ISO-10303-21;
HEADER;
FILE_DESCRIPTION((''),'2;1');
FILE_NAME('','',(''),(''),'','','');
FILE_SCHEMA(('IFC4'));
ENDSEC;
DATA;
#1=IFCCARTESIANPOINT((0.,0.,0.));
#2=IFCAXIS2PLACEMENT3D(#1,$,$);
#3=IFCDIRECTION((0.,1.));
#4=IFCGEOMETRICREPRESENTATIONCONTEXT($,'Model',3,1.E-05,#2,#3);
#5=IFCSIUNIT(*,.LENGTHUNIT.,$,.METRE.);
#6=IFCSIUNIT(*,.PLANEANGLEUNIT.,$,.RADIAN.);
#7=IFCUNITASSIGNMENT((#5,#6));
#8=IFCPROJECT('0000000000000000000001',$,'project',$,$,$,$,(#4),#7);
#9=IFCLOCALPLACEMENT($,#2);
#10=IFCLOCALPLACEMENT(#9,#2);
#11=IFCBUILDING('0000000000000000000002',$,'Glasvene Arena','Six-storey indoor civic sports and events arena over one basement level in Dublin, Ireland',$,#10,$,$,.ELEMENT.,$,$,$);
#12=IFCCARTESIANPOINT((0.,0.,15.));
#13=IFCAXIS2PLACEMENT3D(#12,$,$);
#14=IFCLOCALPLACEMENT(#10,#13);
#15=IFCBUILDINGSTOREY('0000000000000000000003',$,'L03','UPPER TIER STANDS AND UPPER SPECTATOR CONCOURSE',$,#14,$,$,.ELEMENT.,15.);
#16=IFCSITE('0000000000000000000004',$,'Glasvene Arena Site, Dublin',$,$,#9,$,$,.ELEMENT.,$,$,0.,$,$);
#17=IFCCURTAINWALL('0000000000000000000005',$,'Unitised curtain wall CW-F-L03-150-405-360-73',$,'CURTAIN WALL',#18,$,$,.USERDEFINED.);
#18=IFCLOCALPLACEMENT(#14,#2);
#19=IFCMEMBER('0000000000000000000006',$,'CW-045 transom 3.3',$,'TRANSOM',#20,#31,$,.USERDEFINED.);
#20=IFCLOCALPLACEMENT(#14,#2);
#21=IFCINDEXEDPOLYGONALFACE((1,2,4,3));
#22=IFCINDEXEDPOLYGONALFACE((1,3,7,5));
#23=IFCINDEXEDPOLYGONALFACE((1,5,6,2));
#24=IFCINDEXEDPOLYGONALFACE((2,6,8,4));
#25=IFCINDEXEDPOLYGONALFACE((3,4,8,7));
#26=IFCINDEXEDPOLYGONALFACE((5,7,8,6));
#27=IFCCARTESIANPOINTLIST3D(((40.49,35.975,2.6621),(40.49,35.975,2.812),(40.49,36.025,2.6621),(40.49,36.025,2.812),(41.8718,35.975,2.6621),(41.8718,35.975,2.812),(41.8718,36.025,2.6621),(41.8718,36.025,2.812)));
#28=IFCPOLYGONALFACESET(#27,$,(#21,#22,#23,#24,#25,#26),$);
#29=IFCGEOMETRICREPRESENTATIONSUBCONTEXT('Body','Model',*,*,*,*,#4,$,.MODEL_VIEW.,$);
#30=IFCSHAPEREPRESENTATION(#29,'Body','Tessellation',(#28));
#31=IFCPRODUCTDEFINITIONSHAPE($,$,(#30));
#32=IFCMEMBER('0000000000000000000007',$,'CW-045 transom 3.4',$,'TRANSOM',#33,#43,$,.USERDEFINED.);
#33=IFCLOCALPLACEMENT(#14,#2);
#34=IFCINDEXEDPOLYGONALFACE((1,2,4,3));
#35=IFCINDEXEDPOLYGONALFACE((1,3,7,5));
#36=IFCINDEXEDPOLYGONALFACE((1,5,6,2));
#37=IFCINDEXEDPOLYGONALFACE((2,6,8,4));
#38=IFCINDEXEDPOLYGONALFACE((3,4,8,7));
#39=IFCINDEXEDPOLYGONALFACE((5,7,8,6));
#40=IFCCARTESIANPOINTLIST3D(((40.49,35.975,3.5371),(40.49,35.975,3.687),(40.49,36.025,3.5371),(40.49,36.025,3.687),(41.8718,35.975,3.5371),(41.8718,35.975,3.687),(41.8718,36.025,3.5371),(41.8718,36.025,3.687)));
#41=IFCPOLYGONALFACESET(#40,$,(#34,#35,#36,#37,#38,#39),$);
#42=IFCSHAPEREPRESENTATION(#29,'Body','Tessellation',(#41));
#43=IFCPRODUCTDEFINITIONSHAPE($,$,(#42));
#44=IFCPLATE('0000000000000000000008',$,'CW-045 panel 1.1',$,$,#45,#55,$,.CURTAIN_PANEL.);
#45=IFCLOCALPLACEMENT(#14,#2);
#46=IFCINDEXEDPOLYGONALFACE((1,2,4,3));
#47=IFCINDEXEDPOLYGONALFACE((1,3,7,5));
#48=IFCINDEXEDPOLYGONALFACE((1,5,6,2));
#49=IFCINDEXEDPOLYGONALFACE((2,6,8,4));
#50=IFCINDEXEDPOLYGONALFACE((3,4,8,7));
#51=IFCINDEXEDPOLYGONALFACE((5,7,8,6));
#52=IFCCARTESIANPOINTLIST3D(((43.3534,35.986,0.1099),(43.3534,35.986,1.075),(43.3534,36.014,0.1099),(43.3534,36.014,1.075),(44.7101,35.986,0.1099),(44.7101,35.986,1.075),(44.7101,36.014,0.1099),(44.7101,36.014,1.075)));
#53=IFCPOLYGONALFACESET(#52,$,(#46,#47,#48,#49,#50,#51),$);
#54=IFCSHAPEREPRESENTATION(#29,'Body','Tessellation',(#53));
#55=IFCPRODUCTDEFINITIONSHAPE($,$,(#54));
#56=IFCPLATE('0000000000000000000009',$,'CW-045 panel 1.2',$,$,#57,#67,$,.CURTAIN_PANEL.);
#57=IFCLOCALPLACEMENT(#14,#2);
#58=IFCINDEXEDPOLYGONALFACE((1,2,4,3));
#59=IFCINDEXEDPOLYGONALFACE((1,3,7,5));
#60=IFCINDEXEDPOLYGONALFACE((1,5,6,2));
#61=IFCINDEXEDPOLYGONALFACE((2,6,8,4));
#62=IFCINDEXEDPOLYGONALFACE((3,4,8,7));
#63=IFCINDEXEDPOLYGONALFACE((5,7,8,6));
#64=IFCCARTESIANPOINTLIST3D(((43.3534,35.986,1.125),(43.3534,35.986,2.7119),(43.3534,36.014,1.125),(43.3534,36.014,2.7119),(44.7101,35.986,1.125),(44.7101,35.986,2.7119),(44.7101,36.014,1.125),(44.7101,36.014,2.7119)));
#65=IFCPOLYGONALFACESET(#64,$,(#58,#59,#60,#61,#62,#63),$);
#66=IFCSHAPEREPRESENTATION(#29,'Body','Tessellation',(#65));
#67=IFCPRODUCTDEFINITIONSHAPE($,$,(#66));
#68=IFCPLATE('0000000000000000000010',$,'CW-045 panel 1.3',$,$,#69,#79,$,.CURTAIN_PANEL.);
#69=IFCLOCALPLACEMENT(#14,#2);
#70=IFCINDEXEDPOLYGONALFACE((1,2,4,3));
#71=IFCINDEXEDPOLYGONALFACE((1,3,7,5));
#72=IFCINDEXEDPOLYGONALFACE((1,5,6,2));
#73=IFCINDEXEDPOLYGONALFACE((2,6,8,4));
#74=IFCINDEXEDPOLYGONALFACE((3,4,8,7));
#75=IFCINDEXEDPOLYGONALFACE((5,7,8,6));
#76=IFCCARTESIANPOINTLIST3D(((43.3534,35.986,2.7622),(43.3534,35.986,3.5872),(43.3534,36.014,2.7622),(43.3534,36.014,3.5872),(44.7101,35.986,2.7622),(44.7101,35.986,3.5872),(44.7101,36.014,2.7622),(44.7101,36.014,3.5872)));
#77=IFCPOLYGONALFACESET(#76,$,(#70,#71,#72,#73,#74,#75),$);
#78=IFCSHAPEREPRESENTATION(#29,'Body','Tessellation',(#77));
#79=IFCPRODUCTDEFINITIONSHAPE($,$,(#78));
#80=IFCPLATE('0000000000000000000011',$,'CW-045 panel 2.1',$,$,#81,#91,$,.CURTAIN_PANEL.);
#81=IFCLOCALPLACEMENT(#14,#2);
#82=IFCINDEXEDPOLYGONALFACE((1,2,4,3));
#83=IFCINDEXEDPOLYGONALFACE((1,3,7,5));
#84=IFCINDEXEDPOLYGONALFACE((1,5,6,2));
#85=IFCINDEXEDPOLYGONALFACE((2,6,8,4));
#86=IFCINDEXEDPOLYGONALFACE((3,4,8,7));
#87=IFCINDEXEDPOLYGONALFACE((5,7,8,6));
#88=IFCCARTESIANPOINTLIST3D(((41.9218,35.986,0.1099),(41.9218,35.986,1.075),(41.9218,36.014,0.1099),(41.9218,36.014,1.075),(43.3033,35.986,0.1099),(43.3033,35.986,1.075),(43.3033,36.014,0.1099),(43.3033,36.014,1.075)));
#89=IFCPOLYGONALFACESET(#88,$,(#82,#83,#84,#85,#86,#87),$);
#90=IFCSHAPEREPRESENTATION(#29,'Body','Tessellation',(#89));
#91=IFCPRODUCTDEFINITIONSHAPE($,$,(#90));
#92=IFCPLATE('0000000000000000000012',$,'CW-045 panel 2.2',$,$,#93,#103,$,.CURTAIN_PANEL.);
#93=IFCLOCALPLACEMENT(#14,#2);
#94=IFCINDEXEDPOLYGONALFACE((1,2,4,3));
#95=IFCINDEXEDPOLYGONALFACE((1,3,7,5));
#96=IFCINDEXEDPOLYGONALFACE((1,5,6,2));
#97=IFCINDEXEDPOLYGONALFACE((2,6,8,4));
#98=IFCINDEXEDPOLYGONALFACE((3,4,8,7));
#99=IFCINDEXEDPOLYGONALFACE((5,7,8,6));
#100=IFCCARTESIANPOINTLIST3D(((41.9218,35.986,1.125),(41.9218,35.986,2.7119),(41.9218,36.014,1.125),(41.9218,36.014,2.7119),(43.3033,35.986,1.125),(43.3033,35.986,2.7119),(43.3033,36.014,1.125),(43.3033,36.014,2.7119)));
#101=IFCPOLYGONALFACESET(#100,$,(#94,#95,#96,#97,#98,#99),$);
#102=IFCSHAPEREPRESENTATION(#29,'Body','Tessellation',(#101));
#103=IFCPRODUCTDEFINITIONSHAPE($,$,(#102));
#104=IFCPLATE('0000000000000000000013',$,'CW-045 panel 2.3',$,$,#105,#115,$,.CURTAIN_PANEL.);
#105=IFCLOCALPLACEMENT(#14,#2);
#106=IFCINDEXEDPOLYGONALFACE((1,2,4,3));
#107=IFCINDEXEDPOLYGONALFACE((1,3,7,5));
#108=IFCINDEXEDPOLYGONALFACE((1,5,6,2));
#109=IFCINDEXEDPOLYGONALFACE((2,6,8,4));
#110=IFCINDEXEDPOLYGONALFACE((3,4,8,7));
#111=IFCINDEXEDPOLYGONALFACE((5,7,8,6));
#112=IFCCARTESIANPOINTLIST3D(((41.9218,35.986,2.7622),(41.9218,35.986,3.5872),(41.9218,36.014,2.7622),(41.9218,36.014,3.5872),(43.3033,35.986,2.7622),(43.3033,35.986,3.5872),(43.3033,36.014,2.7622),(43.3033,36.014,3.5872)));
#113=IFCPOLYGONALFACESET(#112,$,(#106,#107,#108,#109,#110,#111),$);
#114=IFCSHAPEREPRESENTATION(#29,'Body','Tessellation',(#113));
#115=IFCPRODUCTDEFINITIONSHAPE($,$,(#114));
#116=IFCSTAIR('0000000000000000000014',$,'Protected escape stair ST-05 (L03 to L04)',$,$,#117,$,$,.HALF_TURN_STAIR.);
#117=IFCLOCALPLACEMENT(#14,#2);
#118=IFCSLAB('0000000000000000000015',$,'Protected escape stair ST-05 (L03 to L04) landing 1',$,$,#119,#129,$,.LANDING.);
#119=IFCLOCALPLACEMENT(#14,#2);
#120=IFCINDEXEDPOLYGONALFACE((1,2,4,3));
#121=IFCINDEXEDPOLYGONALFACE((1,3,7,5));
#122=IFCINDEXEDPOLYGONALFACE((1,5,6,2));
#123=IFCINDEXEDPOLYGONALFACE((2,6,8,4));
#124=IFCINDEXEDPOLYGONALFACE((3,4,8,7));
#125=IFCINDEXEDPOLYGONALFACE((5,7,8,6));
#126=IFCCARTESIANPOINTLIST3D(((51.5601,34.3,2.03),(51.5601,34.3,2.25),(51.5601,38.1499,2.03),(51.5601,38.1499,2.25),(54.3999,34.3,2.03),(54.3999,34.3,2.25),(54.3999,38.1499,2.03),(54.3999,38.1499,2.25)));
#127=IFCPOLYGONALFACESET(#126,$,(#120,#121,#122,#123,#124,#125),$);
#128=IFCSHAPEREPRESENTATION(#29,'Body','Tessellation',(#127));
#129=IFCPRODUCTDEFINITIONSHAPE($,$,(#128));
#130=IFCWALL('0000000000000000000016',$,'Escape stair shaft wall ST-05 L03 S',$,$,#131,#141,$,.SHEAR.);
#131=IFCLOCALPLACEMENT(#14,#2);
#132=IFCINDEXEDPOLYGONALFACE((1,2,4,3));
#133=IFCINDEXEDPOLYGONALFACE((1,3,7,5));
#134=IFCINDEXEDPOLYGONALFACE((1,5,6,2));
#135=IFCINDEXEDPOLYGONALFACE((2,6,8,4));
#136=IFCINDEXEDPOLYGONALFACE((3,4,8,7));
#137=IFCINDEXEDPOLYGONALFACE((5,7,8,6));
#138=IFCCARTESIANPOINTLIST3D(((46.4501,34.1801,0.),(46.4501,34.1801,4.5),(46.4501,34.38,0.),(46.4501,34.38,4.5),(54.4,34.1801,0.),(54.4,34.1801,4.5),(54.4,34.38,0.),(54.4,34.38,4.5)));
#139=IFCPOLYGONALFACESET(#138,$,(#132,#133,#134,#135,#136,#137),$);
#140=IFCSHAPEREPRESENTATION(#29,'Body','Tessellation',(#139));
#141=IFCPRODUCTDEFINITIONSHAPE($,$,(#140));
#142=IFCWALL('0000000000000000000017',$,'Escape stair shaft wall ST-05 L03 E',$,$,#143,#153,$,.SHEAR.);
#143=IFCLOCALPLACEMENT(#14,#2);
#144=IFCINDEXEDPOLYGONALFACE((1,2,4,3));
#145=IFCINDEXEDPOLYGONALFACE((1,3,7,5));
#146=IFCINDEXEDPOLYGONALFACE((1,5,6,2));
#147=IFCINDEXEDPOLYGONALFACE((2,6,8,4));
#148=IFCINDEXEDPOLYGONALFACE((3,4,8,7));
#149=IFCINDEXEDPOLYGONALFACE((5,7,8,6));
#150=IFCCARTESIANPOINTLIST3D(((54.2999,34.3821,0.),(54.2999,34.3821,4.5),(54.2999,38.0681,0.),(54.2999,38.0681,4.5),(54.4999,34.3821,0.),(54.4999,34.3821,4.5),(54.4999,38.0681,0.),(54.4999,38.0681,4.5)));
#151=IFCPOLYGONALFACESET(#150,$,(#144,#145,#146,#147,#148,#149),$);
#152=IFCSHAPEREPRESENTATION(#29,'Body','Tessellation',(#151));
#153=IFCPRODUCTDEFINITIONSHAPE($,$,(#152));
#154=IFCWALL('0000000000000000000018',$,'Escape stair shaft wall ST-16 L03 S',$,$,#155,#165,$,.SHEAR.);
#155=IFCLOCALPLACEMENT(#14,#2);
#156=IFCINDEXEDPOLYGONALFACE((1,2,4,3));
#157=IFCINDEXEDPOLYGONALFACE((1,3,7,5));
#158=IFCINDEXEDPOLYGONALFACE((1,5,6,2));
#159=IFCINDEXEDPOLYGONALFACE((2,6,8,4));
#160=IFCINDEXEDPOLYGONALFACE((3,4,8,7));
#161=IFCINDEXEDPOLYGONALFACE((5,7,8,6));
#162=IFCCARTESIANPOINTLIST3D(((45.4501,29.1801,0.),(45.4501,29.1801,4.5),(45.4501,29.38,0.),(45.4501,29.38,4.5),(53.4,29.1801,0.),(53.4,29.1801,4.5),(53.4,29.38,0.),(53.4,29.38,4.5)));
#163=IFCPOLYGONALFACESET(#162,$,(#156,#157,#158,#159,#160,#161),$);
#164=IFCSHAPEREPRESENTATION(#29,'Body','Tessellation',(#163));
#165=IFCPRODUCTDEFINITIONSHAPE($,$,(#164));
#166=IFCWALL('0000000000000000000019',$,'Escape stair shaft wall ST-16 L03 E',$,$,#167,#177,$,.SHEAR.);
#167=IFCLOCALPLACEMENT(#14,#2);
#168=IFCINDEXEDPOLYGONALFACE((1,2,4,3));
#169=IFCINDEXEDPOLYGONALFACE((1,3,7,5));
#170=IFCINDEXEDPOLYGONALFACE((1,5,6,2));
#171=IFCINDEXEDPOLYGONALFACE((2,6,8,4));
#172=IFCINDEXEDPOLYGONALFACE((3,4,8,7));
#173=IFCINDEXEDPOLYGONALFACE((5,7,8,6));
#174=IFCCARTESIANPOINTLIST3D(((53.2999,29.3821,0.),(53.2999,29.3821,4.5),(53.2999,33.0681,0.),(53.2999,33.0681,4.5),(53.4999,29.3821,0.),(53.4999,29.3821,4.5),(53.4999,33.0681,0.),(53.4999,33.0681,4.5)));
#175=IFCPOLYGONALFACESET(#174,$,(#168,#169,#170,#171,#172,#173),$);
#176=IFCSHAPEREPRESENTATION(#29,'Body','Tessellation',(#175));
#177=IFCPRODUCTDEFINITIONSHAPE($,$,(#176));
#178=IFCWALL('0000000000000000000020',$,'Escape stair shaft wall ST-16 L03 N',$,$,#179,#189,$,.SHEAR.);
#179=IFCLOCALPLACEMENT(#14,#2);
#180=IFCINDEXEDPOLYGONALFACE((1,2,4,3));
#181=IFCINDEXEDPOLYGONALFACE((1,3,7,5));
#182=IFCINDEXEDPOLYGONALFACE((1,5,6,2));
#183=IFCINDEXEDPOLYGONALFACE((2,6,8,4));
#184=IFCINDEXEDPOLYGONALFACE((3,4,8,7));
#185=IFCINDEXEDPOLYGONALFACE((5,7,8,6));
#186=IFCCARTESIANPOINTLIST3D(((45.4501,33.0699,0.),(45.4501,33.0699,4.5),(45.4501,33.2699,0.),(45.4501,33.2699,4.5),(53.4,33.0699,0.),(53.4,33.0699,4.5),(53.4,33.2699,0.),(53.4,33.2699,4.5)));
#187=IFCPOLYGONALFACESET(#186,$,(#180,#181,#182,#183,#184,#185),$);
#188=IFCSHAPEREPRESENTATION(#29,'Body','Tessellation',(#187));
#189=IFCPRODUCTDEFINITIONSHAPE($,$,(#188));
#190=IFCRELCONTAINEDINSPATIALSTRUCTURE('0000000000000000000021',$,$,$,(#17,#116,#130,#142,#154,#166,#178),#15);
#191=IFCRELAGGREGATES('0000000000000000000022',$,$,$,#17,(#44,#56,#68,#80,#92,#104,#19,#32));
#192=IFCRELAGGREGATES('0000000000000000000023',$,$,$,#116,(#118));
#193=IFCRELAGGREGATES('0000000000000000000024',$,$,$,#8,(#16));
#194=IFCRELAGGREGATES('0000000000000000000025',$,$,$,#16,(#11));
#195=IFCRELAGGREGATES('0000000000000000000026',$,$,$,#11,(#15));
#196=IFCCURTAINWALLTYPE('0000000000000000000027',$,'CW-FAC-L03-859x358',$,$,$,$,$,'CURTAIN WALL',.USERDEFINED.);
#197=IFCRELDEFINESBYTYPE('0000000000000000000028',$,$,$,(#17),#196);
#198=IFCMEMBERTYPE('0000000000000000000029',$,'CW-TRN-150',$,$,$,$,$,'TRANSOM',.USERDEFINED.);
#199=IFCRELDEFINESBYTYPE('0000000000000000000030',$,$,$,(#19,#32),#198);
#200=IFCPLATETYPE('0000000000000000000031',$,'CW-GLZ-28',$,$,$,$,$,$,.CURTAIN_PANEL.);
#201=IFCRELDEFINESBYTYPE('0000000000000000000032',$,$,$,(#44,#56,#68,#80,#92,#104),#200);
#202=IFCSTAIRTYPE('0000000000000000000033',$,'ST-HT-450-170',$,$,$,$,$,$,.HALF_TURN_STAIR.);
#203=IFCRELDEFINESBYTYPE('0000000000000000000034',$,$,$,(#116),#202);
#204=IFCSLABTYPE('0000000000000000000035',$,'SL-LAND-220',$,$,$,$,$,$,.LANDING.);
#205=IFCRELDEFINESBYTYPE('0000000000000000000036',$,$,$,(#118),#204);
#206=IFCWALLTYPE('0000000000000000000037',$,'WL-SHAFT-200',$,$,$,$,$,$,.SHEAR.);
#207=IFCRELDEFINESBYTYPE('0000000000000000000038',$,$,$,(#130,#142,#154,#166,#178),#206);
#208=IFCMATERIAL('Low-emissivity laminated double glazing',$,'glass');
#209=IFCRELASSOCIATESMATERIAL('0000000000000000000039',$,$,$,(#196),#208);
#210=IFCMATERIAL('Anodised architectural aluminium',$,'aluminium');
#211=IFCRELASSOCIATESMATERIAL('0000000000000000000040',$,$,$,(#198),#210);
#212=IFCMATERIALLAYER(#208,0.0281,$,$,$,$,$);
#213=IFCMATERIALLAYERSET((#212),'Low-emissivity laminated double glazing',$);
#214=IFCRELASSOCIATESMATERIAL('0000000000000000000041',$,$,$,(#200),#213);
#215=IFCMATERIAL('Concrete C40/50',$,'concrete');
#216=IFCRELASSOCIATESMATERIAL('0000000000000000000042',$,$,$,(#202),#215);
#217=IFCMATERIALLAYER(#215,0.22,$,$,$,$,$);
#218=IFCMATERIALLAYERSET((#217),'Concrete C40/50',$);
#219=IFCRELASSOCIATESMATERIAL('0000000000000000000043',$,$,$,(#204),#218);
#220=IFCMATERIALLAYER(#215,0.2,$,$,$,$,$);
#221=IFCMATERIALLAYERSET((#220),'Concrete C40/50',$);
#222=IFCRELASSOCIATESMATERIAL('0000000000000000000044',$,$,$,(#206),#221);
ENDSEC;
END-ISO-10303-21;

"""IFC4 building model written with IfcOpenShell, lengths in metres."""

from ifc_helpers import new_model, si_unit, direction, frame, frame_2d, origin, origin_2d, place, context, subcontext, project, spatial, polyline, rectangle, outline, extrude, material, layer, layer_set, material_profile, profile_set, type_object, element, aggregate, save


model = new_model("IFC4")

# Units and contexts
model_context = context("Model", 3, precision=1e-05, world=origin(), true_north=direction((0.0, 1.0)))
body_context = subcontext(model_context, "Body", "Model", "MODEL_VIEW")
ifc_project = project(units=[si_unit("LENGTHUNIT", "METRE"), si_unit("PLANEANGLEUNIT", "RADIAN")], contexts=[model_context])

# Site, building, storey
site_placement = place(None, origin())
site = spatial("IfcSite", under=ifc_project, at=site_placement, Name="Glasvene Arena Site, Dublin", CompositionType="ELEMENT", RefElevation=0.0)
building_placement = place(site_placement, origin())
building = spatial("IfcBuilding", under=site, at=building_placement, Name="Glasvene Arena", Description="Six-storey indoor civic sports and events arena over one basement level in Dublin, Ireland", CompositionType="ELEMENT")
storey_placement = place(building_placement, frame((0.0, 0.0, 15.0)))
storey = spatial("IfcBuildingStorey", under=building, at=storey_placement, Name="L03", Description="UPPER TIER STANDS AND UPPER SPECTATOR CONCOURSE", CompositionType="ELEMENT", Elevation=15.0)

# Curtain wall, members, plates
ifc_material_1 = material(Name="Low-emissivity laminated double glazing", Category="glass")
curtain_wall_type = type_object("IfcCurtainWallType", Name="CW-FAC-L03-859x358", ElementType="CURTAIN WALL", PredefinedType="USERDEFINED", material=ifc_material_1)
curtain_wall_placement = place(storey_placement, frame((44.76, 36.0, 0.0)))
curtain_wall = element("IfcCurtainWall", 1, at=curtain_wall_placement, inside=storey, type_object=curtain_wall_type, Name="Unitised curtain wall CW-F-L03-150-405-360-73", ObjectType="CURTAIN WALL", PredefinedType="USERDEFINED")
ifc_material_2 = material(Name="Anodised architectural aluminium", Category="aluminium")
ifc_material_profile_1 = material_profile(ifc_material_2, rectangle(XDim=0.05, YDim=0.1499, at=origin_2d()), Name="ALU TRANSOM 50x150")
ifc_profile_set_1 = profile_set([ifc_material_profile_1], Name="Anodised architectural aluminium")
member_type_1 = type_object("IfcMemberType", Name="CW-TRN-150", ElementType="TRANSOM", PredefinedType="USERDEFINED", material=ifc_profile_set_1)
member_1_placement = place(storey_placement, frame((41.8718, 36.0, 2.7371), z_axis=(-1.0, 0.0, 0.0), x_axis=(0.0, -1.0, 0.0)))
member_1 = element("IfcMember", 2, at=member_1_placement, type_object=member_type_1, Name="CW-045 transom 3.3", ObjectType="TRANSOM", PredefinedType="USERDEFINED", context=body_context, shape_type="SweptSolid", body=[
    extrude(rectangle(XDim=0.05, YDim=0.1499, at=origin_2d()), origin(), (0.0, 0.0, 1.0), 1.3818),
])
member_2_placement = place(storey_placement, frame((41.8718, 36.0, 3.6121), z_axis=(-1.0, 0.0, 0.0), x_axis=(0.0, -1.0, 0.0)))
member_2 = element("IfcMember", 3, at=member_2_placement, type_object=member_type_1, Name="CW-045 transom 3.4", ObjectType="TRANSOM", PredefinedType="USERDEFINED", context=body_context, shape_type="SweptSolid", body=[
    extrude(rectangle(XDim=0.05, YDim=0.1499, at=origin_2d()), origin(), (0.0, 0.0, 1.0), 1.3818),
])
ifc_layer_1 = layer(ifc_material_1, 0.0281)
ifc_layer_set_1 = layer_set([ifc_layer_1], Name="Low-emissivity laminated double glazing")
plate_type = type_object("IfcPlateType", Name="CW-GLZ-28", PredefinedType="CURTAIN_PANEL", material=ifc_layer_set_1)
plate_1_placement = place(storey_placement, frame((44.0317, 36.0, 0.1099), z_axis=(0.0, 0.0, 1.0), x_axis=(-1.0, 0.0, 0.0)))
plate_1 = element("IfcPlate", 4, at=plate_1_placement, type_object=plate_type, Name="CW-045 panel 1.1", PredefinedType="CURTAIN_PANEL", context=body_context, shape_type="SweptSolid", body=[
    extrude(rectangle(XDim=1.3567, YDim=0.0281, at=origin_2d()), origin(), (0.0, 0.0, 1.0), 0.9651),
])
plate_2_placement = place(storey_placement, frame((44.0317, 36.0, 1.125), z_axis=(0.0, 0.0, 1.0), x_axis=(-1.0, 0.0, 0.0)))
plate_2 = element("IfcPlate", 5, at=plate_2_placement, type_object=plate_type, Name="CW-045 panel 1.2", PredefinedType="CURTAIN_PANEL", context=body_context, shape_type="SweptSolid", body=[
    extrude(rectangle(XDim=1.3567, YDim=0.0281, at=origin_2d()), origin(), (0.0, 0.0, 1.0), 1.5869),
])
plate_3_placement = place(storey_placement, frame((44.0317, 36.0, 2.7622), z_axis=(0.0, 0.0, 1.0), x_axis=(-1.0, 0.0, 0.0)))
plate_3 = element("IfcPlate", 6, at=plate_3_placement, type_object=plate_type, Name="CW-045 panel 1.3", PredefinedType="CURTAIN_PANEL", context=body_context, shape_type="SweptSolid", body=[
    extrude(rectangle(XDim=1.3567, YDim=0.0281, at=origin_2d()), origin(), (0.0, 0.0, 1.0), 0.825),
])
plate_4_placement = place(storey_placement, frame((42.6125, 36.0, 0.1099), z_axis=(0.0, 0.0, 1.0), x_axis=(-1.0, 0.0, 0.0)))
plate_4 = element("IfcPlate", 7, at=plate_4_placement, type_object=plate_type, Name="CW-045 panel 2.1", PredefinedType="CURTAIN_PANEL", context=body_context, shape_type="SweptSolid", body=[
    extrude(rectangle(XDim=1.3816, YDim=0.0281, at=origin_2d()), origin(), (0.0, 0.0, 1.0), 0.9651),
])
plate_5_placement = place(storey_placement, frame((42.6125, 36.0, 1.125), z_axis=(0.0, 0.0, 1.0), x_axis=(-1.0, 0.0, 0.0)))
plate_5 = element("IfcPlate", 8, at=plate_5_placement, type_object=plate_type, Name="CW-045 panel 2.2", PredefinedType="CURTAIN_PANEL", context=body_context, shape_type="SweptSolid", body=[
    extrude(rectangle(XDim=1.3816, YDim=0.0281, at=origin_2d()), origin(), (0.0, 0.0, 1.0), 1.5869),
])
plate_6_placement = place(storey_placement, frame((42.6125, 36.0, 2.7622), z_axis=(0.0, 0.0, 1.0), x_axis=(-1.0, 0.0, 0.0)))
plate_6 = element("IfcPlate", 9, at=plate_6_placement, type_object=plate_type, Name="CW-045 panel 2.3", PredefinedType="CURTAIN_PANEL", context=body_context, shape_type="SweptSolid", body=[
    extrude(rectangle(XDim=1.3816, YDim=0.0281, at=origin_2d()), origin(), (0.0, 0.0, 1.0), 0.825),
])
aggregate(curtain_wall, [plate_1, plate_2, plate_3, plate_4, plate_5, plate_6, member_1, member_2])

# Stair, slab
ifc_material_3 = material(Name="Concrete C40/50", Category="concrete")
stair_type = type_object("IfcStairType", Name="ST-HT-450-170", PredefinedType="HALF_TURN_STAIR", material=ifc_material_3)
stair_placement = place(storey_placement, origin())
stair = element("IfcStair", 10, at=stair_placement, inside=storey, type_object=stair_type, Name="Protected escape stair ST-05 (L03 to L04)", PredefinedType="HALF_TURN_STAIR")
ifc_layer_2 = layer(ifc_material_3, 0.22)
ifc_layer_set_2 = layer_set([ifc_layer_2], Name="Concrete C40/50")
slab_type = type_object("IfcSlabType", Name="SL-LAND-220", PredefinedType="LANDING", material=ifc_layer_set_2)
slab_placement = place(storey_placement, frame((52.98, 36.2251, 2.03)))
slab = element("IfcSlab", 11, at=slab_placement, type_object=slab_type, Name="Protected escape stair ST-05 (L03 to L04) landing 1", PredefinedType="LANDING", context=body_context, shape_type="SweptSolid", body=[
    extrude(outline(polyline([(-1.4199, -1.925), (1.4199, -1.925), (1.4199, 1.9248), (-1.4199, 1.9248), (-1.4199, -1.925)])), origin(), (0.0, 0.0, 1.0), 0.22),
])

# Wall
ifc_layer_3 = layer(ifc_material_3, 0.2)
ifc_layer_set_3 = layer_set([ifc_layer_3], Name="Concrete C40/50")
wall_type = type_object("IfcWallType", Name="WL-SHAFT-200", PredefinedType="SHEAR", material=ifc_layer_set_3)
wall_1_placement = place(storey_placement, frame((46.45, 34.28, 0.0), z_axis=(0.0, 0.0, 1.0), x_axis=(1.0, 0.0, 0.0)))
element("IfcWall", 12, at=wall_1_placement, inside=storey, type_object=wall_type, Name="Escape stair shaft wall ST-05 L03 S", PredefinedType="SHEAR", context=body_context, shape_type="SweptSolid", body=[
    extrude(rectangle(XDim=7.95, YDim=0.2, at=frame_2d((3.9751, 0.0))), origin(), (0.0, 0.0, 1.0), 4.5),
])

# Walls
wall_2_placement = place(storey_placement, frame((54.3999, 34.3821, 0.0), z_axis=(0.0, 0.0, 1.0), x_axis=(0.0, 1.0, 0.0)))
element("IfcWall", 13, at=wall_2_placement, inside=storey, type_object=wall_type, Name="Escape stair shaft wall ST-05 L03 E", PredefinedType="SHEAR", context=body_context, shape_type="SweptSolid", body=[
    extrude(rectangle(XDim=3.686, YDim=0.2, at=frame_2d((1.843, 0.0))), origin(), (0.0, 0.0, 1.0), 4.5),
])
wall_3_placement = place(storey_placement, frame((45.45, 29.28, 0.0), z_axis=(0.0, 0.0, 1.0), x_axis=(1.0, 0.0, 0.0)))
element("IfcWall", 14, at=wall_3_placement, inside=storey, type_object=wall_type, Name="Escape stair shaft wall ST-16 L03 S", PredefinedType="SHEAR", context=body_context, shape_type="SweptSolid", body=[
    extrude(rectangle(XDim=7.95, YDim=0.2, at=frame_2d((3.9751, 0.0))), origin(), (0.0, 0.0, 1.0), 4.5),
])

# Walls
wall_4_placement = place(storey_placement, frame((53.3999, 29.3821, 0.0), z_axis=(0.0, 0.0, 1.0), x_axis=(0.0, 1.0, 0.0)))
element("IfcWall", 15, at=wall_4_placement, inside=storey, type_object=wall_type, Name="Escape stair shaft wall ST-16 L03 E", PredefinedType="SHEAR", context=body_context, shape_type="SweptSolid", body=[
    extrude(rectangle(XDim=3.686, YDim=0.2, at=frame_2d((1.843, 0.0))), origin(), (0.0, 0.0, 1.0), 4.5),
])
wall_5_placement = place(storey_placement, frame((45.45, 33.1699, 0.0), z_axis=(0.0, 0.0, 1.0), x_axis=(1.0, 0.0, 0.0)))
element("IfcWall", 16, at=wall_5_placement, inside=storey, type_object=wall_type, Name="Escape stair shaft wall ST-16 L03 N", PredefinedType="SHEAR", context=body_context, shape_type="SweptSolid", body=[
    extrude(rectangle(XDim=7.95, YDim=0.2, at=frame_2d((3.9751, 0.0))), origin(), (0.0, 0.0, 1.0), 4.5),
])

aggregate(stair, [slab])

save(model, "model.ifc")
